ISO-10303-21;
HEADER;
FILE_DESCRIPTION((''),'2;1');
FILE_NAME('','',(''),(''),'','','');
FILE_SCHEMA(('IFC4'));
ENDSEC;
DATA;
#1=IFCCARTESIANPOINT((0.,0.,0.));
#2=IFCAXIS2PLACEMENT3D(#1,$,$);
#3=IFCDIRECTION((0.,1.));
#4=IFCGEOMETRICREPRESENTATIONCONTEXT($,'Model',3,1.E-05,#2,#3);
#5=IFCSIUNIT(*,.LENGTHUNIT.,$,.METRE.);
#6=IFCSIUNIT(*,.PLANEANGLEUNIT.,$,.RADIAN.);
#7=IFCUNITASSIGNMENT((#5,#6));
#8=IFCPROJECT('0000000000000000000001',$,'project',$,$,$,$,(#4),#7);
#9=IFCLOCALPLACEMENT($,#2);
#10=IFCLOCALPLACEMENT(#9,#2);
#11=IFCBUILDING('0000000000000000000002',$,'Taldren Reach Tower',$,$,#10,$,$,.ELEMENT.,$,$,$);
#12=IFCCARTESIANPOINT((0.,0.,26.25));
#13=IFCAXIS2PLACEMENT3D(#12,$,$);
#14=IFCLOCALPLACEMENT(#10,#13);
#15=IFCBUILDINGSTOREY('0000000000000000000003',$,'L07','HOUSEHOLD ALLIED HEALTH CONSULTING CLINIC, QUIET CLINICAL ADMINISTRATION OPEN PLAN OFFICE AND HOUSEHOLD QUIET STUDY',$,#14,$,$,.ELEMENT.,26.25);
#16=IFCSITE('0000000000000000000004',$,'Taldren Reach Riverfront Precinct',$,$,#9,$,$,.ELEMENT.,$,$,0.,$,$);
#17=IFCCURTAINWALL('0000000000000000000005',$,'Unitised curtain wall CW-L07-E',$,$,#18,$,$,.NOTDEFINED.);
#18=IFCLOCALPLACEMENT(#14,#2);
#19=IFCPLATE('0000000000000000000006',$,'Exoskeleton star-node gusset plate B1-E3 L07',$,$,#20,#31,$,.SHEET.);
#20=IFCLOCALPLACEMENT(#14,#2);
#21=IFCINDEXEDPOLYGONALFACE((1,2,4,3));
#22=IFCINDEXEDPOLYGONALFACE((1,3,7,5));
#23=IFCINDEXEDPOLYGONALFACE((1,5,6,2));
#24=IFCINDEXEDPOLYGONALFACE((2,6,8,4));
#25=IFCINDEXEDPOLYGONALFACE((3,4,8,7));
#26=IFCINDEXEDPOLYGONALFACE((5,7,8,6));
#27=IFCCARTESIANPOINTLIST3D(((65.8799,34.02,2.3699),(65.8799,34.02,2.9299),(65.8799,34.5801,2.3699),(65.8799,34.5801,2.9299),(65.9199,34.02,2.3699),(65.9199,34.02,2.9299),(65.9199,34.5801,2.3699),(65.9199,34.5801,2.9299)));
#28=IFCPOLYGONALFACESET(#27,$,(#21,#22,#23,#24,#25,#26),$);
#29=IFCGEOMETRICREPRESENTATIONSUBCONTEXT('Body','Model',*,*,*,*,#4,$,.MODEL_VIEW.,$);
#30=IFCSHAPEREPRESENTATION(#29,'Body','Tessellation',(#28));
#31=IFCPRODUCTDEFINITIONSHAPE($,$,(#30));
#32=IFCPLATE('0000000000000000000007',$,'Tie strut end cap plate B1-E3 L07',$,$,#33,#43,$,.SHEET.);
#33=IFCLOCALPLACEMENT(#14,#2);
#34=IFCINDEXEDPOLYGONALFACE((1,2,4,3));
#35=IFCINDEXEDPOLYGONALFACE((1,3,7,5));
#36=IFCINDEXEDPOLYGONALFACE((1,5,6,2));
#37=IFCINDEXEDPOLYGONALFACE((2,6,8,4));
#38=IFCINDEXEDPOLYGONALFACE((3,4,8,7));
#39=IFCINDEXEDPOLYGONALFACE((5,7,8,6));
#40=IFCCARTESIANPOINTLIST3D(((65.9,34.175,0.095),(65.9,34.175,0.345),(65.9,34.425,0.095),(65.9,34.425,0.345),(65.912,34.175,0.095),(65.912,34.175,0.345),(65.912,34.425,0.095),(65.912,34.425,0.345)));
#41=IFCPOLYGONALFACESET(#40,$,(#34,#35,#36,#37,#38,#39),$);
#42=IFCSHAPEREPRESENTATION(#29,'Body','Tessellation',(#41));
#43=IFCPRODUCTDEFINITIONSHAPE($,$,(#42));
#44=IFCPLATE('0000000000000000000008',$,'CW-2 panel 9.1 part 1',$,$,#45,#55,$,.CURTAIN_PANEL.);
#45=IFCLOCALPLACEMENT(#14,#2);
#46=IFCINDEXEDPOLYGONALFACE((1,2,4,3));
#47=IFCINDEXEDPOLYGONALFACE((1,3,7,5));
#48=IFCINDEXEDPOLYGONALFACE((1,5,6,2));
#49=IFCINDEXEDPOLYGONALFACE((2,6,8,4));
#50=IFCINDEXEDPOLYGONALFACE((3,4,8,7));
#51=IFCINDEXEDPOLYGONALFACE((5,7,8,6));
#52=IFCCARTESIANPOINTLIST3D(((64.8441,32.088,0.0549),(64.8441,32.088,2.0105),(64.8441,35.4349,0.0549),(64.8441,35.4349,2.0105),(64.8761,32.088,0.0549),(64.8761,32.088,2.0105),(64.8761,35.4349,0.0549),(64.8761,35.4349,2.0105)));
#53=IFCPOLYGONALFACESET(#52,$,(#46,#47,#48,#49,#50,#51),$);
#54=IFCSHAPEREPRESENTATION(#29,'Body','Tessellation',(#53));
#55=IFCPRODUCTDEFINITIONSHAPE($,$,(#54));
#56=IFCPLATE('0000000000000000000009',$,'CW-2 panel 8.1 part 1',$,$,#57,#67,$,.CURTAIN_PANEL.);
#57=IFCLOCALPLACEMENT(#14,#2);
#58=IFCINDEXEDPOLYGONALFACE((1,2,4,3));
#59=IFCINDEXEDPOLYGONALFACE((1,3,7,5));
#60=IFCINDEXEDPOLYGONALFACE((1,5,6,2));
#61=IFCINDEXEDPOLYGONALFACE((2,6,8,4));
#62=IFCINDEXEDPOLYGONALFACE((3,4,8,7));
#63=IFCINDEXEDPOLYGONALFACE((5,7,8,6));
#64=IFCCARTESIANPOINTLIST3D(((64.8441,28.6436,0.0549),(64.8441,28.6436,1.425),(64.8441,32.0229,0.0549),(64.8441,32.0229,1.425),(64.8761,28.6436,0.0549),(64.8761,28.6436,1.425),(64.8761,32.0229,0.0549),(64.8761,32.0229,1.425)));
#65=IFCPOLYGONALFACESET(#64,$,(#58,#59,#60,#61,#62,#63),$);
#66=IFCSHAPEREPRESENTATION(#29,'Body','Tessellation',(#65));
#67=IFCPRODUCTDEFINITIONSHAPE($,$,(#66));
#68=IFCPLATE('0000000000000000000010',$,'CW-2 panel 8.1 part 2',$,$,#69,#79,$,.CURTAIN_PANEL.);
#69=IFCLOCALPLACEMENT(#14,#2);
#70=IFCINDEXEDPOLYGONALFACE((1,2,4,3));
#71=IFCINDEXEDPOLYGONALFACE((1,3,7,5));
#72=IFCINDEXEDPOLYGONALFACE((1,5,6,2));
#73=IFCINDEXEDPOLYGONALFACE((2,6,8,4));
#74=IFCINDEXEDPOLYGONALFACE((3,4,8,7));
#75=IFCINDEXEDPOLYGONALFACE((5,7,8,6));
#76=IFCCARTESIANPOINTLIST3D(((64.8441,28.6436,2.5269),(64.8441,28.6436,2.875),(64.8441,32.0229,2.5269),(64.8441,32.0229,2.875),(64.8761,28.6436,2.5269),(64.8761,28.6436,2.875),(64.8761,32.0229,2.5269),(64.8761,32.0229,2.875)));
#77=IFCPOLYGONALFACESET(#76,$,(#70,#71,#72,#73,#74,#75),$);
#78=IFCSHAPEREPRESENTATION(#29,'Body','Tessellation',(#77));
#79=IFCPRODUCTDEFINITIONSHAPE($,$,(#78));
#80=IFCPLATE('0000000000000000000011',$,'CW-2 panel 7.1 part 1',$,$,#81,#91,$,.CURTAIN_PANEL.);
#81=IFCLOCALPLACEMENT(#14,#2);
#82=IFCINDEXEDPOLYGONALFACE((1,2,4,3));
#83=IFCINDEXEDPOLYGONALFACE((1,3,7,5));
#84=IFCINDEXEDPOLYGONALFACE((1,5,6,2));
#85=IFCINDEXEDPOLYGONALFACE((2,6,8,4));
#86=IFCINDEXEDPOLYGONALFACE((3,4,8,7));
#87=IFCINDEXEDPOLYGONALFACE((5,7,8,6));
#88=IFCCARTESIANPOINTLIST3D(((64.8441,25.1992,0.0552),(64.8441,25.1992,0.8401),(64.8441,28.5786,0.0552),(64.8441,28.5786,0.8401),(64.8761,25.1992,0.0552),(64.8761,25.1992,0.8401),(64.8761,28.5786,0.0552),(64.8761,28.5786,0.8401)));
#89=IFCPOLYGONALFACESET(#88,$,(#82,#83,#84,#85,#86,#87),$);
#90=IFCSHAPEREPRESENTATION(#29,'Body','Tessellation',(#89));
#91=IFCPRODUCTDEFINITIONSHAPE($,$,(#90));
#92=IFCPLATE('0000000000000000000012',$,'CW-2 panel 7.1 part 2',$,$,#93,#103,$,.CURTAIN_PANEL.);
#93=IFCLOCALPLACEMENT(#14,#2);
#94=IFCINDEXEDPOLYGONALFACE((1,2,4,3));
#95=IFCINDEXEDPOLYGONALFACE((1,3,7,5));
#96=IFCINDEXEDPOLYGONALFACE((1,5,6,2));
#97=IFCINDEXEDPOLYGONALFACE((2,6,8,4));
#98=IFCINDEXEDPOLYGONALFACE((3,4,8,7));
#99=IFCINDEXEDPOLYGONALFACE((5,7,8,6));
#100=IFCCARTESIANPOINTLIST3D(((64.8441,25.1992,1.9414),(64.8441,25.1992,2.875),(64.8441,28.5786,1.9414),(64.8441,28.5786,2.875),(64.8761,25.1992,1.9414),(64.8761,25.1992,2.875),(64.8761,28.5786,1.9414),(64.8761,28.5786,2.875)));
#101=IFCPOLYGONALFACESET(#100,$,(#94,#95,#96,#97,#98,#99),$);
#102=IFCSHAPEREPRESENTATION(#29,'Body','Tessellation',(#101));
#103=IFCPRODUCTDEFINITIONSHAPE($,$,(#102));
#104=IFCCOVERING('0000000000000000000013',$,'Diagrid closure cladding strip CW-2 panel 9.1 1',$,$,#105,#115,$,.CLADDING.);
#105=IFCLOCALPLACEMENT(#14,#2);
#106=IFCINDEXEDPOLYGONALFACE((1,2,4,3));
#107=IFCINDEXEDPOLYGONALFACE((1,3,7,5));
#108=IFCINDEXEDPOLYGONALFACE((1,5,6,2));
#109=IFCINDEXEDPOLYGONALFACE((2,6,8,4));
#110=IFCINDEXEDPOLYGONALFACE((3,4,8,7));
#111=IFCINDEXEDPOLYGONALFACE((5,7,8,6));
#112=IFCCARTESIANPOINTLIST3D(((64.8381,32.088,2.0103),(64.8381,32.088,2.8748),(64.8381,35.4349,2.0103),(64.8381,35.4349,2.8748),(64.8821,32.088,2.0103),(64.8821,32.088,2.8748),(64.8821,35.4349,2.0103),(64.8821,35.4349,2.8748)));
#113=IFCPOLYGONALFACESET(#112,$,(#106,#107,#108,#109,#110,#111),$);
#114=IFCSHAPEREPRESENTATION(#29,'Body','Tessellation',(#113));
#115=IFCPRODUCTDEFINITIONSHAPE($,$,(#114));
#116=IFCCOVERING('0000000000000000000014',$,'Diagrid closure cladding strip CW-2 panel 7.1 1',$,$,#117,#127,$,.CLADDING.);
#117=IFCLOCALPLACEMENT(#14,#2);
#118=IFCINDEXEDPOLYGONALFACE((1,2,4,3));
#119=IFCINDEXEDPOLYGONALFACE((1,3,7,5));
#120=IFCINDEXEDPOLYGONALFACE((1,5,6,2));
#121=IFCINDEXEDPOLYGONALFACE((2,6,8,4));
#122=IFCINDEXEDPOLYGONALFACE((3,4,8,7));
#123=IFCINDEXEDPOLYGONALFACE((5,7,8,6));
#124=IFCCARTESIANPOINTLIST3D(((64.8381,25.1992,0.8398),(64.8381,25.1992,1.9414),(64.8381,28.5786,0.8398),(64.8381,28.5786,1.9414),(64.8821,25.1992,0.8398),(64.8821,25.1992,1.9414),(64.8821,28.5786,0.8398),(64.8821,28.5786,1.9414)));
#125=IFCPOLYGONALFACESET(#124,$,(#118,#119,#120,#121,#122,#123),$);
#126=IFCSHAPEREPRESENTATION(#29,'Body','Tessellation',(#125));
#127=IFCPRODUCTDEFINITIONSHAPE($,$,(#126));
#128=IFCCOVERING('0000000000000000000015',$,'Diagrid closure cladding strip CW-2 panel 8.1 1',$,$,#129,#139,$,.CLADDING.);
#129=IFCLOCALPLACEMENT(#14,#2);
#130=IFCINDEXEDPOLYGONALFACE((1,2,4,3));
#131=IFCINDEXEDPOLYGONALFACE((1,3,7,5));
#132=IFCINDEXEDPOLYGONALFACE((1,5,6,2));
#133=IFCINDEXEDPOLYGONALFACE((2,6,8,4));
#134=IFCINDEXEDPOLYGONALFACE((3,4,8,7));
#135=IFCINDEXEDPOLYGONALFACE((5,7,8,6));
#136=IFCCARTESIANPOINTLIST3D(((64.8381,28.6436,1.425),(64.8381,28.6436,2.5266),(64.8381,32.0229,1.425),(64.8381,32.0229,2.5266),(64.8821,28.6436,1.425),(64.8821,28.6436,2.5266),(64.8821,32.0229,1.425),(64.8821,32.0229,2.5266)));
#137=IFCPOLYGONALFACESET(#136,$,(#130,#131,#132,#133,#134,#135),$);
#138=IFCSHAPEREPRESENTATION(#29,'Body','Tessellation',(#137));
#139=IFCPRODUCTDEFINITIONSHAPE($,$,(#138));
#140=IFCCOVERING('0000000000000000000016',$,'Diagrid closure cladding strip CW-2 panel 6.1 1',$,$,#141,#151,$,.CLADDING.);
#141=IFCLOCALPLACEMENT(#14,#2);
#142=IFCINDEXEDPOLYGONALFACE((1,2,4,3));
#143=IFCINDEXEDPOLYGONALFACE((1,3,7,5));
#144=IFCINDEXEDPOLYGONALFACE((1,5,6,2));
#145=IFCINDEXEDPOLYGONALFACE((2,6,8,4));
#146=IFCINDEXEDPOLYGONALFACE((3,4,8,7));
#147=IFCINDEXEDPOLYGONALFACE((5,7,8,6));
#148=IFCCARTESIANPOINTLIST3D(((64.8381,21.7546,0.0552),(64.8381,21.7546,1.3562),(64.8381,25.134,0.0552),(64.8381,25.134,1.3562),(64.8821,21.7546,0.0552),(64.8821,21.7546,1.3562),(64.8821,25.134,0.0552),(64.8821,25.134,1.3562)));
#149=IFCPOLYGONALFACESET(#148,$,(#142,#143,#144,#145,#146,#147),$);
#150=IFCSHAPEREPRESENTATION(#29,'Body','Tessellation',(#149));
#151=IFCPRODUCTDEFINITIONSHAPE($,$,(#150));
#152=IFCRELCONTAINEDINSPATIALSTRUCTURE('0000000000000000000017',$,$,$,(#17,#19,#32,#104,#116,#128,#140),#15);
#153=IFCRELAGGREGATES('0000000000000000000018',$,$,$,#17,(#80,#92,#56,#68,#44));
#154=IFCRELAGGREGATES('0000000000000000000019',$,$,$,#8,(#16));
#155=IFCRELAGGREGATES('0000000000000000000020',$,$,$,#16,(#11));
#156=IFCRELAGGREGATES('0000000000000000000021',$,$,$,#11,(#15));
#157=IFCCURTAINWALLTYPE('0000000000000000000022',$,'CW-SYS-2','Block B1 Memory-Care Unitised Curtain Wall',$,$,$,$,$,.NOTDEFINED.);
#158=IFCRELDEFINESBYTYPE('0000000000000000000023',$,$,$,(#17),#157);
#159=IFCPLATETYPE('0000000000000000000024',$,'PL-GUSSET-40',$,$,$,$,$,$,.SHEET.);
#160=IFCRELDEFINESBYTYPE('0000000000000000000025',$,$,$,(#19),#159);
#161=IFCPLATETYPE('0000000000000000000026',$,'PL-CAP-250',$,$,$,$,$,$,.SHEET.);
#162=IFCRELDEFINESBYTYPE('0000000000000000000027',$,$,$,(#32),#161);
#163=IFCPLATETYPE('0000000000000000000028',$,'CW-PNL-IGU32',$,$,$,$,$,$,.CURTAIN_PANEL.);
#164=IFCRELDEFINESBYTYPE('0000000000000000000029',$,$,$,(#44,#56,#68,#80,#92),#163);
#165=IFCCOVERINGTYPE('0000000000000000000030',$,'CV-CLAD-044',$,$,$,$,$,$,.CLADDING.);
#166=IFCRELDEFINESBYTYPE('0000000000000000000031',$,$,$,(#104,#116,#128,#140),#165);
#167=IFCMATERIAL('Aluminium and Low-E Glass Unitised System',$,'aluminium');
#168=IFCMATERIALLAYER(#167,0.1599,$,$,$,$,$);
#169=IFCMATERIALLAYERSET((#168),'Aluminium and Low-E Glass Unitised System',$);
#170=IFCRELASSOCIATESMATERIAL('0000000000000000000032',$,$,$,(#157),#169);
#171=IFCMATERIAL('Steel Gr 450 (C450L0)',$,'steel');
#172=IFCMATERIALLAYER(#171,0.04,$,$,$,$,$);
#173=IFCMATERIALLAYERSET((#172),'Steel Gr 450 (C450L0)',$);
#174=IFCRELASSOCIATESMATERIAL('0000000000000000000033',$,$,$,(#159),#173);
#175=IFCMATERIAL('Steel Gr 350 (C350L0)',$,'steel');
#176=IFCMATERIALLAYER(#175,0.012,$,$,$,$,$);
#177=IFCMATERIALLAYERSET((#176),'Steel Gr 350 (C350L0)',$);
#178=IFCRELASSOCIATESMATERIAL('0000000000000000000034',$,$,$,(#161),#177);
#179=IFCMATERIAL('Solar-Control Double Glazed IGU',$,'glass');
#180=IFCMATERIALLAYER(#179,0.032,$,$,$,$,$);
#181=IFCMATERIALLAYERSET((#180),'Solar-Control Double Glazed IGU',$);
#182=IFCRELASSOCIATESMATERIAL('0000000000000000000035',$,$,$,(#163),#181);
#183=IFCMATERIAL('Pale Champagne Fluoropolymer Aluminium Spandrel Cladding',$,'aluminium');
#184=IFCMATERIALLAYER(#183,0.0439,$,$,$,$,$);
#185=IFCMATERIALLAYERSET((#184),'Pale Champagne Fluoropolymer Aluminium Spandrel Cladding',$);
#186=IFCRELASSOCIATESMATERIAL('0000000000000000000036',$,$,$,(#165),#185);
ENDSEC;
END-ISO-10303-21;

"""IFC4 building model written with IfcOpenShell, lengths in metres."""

from ifc_helpers import new_model, si_unit, direction, frame, origin, origin_2d, place, context, subcontext, project, spatial, rectangle, extrude, source, transform, mapped, material, layer, layer_set, type_object, element, aggregate, save


model = new_model("IFC4")

# Units and contexts
model_context = context("Model", 3, precision=1e-05, world=origin(), true_north=direction((0.0, 1.0)))
body_context = subcontext(model_context, "Body", "Model", "MODEL_VIEW")
ifc_project = project(units=[si_unit("LENGTHUNIT", "METRE"), si_unit("PLANEANGLEUNIT", "RADIAN")], contexts=[model_context])

# Site, building, storey
site_placement = place(None, origin())
site = spatial("IfcSite", under=ifc_project, at=site_placement, Name="Taldren Reach Riverfront Precinct", CompositionType="ELEMENT", RefElevation=0.0)
building_placement = place(site_placement, origin())
building = spatial("IfcBuilding", under=site, at=building_placement, Name="Taldren Reach Tower", CompositionType="ELEMENT")
storey_placement = place(building_placement, frame((0.0, 0.0, 26.25)))
storey = spatial("IfcBuildingStorey", under=building, at=storey_placement, Name="L07", Description="HOUSEHOLD ALLIED HEALTH CONSULTING CLINIC, QUIET CLINICAL ADMINISTRATION OPEN PLAN OFFICE AND HOUSEHOLD QUIET STUDY", CompositionType="ELEMENT", Elevation=26.25)

# Shared definitions
ifc_material_1 = material(Name="Steel Gr 450 (C450L0)", Category="steel")

# Curtain wall
ifc_material_2 = material(Name="Aluminium and Low-E Glass Unitised System", Category="aluminium")
ifc_layer_1 = layer(ifc_material_2, 0.1599)
ifc_layer_set_1 = layer_set([ifc_layer_1], Name="Aluminium and Low-E Glass Unitised System")
curtain_wall_type = type_object("IfcCurtainWallType", Name="CW-SYS-2", Description="Block B1 Memory-Care Unitised Curtain Wall", PredefinedType="NOTDEFINED", material=ifc_layer_set_1)
curtain_wall_placement = place(storey_placement, origin())
curtain_wall = element("IfcCurtainWall", 1, at=curtain_wall_placement, inside=storey, type_object=curtain_wall_type, Name="Unitised curtain wall CW-L07-E", PredefinedType="NOTDEFINED")

# Plates
ifc_layer_2 = layer(ifc_material_1, 0.04)
ifc_layer_set_2 = layer_set([ifc_layer_2], Name="Steel Gr 450 (C450L0)")
plate_type_1 = type_object("IfcPlateType", Name="PL-GUSSET-40", PredefinedType="SHEET", material=ifc_layer_set_2)
shared_shape_1 = source(origin(), body_context, "Body", "SweptSolid", [
    extrude(rectangle(XDim=0.5601, YDim=0.04, at=origin_2d()), origin(), (0.0, 0.0, 1.0), 0.5601),
])
plate_1_placement = place(storey_placement, frame((65.8999, 34.3, 2.3699), z_axis=(0.0, 0.0, 1.0), x_axis=(0.0, 1.0, 0.0)))
element("IfcPlate", 2, at=plate_1_placement, inside=storey, type_object=plate_type_1, Name="Exoskeleton star-node gusset plate B1-E3 L07", PredefinedType="SHEET", context=body_context, shape_type="MappedRepresentation", body=[
    mapped(shared_shape_1, transform((0.0, 0.0, 0.0), scale=1.0)),
])
ifc_material_3 = material(Name="Steel Gr 350 (C350L0)", Category="steel")
ifc_layer_3 = layer(ifc_material_3, 0.012)
ifc_layer_set_3 = layer_set([ifc_layer_3], Name="Steel Gr 350 (C350L0)")
plate_type_2 = type_object("IfcPlateType", Name="PL-CAP-250", PredefinedType="SHEET", material=ifc_layer_set_3)
shared_shape_2 = source(origin(), body_context, "Body", "SweptSolid", [
    extrude(rectangle(XDim=0.012, YDim=0.25, at=origin_2d()), origin(), (0.0, 0.0, 1.0), 0.25),
])
plate_2_placement = place(storey_placement, frame((65.906, 34.3, 0.095), z_axis=(0.0, 0.0, 1.0), x_axis=(1.0, 0.0, 0.0)))
element("IfcPlate", 3, at=plate_2_placement, inside=storey, type_object=plate_type_2, Name="Tie strut end cap plate B1-E3 L07", PredefinedType="SHEET", context=body_context, shape_type="MappedRepresentation", body=[
    mapped(shared_shape_2, transform((0.0, 0.0, 0.0), scale=1.0)),
])

# Plates
ifc_material_4 = material(Name="Solar-Control Double Glazed IGU", Category="glass")
ifc_layer_4 = layer(ifc_material_4, 0.032)
ifc_layer_set_4 = layer_set([ifc_layer_4], Name="Solar-Control Double Glazed IGU")
plate_type_3 = type_object("IfcPlateType", Name="CW-PNL-IGU32", PredefinedType="CURTAIN_PANEL", material=ifc_layer_set_4)
shared_shape_3 = source(origin(), body_context, "Body", "SweptSolid", [
    extrude(rectangle(XDim=3.3469, YDim=0.032, at=origin_2d()), origin(), (0.0, 0.0, 1.0), 1.9556),
])
plate_3_placement = place(storey_placement, frame((64.8601, 33.7615, 0.0549), z_axis=(0.0, 0.0, 1.0), x_axis=(0.0, 1.0, 0.0)))
plate_3 = element("IfcPlate", 4, at=plate_3_placement, type_object=plate_type_3, Name="CW-2 panel 9.1 part 1", PredefinedType="CURTAIN_PANEL", context=body_context, shape_type="MappedRepresentation", body=[
    mapped(shared_shape_3, transform((0.0, 0.0, 0.0), scale=1.0)),
])
shared_shape_4 = source(origin(), body_context, "Body", "SweptSolid", [
    extrude(rectangle(XDim=3.3794, YDim=0.032, at=origin_2d()), origin(), (0.0, 0.0, 1.0), 1.3701),
])
plate_4_placement = place(storey_placement, frame((64.8601, 30.3333, 0.0549), z_axis=(0.0, 0.0, 1.0), x_axis=(0.0, 1.0, 0.0)))
plate_4 = element("IfcPlate", 5, at=plate_4_placement, type_object=plate_type_3, Name="CW-2 panel 8.1 part 1", PredefinedType="CURTAIN_PANEL", context=body_context, shape_type="MappedRepresentation", body=[
    mapped(shared_shape_4, transform((0.0, 0.0, 0.0), scale=1.0)),
])
shared_shape_5 = source(origin(), body_context, "Body", "SweptSolid", [
    extrude(rectangle(XDim=3.3794, YDim=0.032, at=origin_2d()), origin(), (0.0, 0.0, 1.0), 0.3481),
])
plate_5_placement = place(storey_placement, frame((64.8601, 30.3333, 2.5269), z_axis=(0.0, 0.0, 1.0), x_axis=(0.0, 1.0, 0.0)))
plate_5 = element("IfcPlate", 6, at=plate_5_placement, type_object=plate_type_3, Name="CW-2 panel 8.1 part 2", PredefinedType="CURTAIN_PANEL", context=body_context, shape_type="MappedRepresentation", body=[
    mapped(shared_shape_5, transform((0.0, 0.0, 0.0), scale=1.0)),
])
shared_shape_6 = source(origin(), body_context, "Body", "SweptSolid", [
    extrude(rectangle(XDim=3.3794, YDim=0.032, at=origin_2d()), origin(), (0.0, 0.0, 1.0), 0.7849),
])
plate_6_placement = place(storey_placement, frame((64.8601, 26.8889, 0.0552), z_axis=(0.0, 0.0, 1.0), x_axis=(0.0, 1.0, 0.0)))
plate_6 = element("IfcPlate", 7, at=plate_6_placement, type_object=plate_type_3, Name="CW-2 panel 7.1 part 1", PredefinedType="CURTAIN_PANEL", context=body_context, shape_type="MappedRepresentation", body=[
    mapped(shared_shape_6, transform((0.0, 0.0, 0.0), scale=1.0)),
])
shared_shape_7 = source(origin(), body_context, "Body", "SweptSolid", [
    extrude(rectangle(XDim=3.3794, YDim=0.032, at=origin_2d()), origin(), (0.0, 0.0, 1.0), 0.9336),
])
plate_7_placement = place(storey_placement, frame((64.8601, 26.8889, 1.9414), z_axis=(0.0, 0.0, 1.0), x_axis=(0.0, 1.0, 0.0)))
plate_7 = element("IfcPlate", 8, at=plate_7_placement, type_object=plate_type_3, Name="CW-2 panel 7.1 part 2", PredefinedType="CURTAIN_PANEL", context=body_context, shape_type="MappedRepresentation", body=[
    mapped(shared_shape_7, transform((0.0, 0.0, 0.0), scale=1.0)),
])
aggregate(curtain_wall, [plate_6, plate_7, plate_4, plate_5, plate_3])

# Coverings
ifc_material_5 = material(Name="Pale Champagne Fluoropolymer Aluminium Spandrel Cladding", Category="aluminium")
ifc_layer_5 = layer(ifc_material_5, 0.0439)
ifc_layer_set_5 = layer_set([ifc_layer_5], Name="Pale Champagne Fluoropolymer Aluminium Spandrel Cladding")
covering_type = type_object("IfcCoveringType", Name="CV-CLAD-044", PredefinedType="CLADDING", material=ifc_layer_set_5)
shared_shape_8 = source(origin(), body_context, "Body", "SweptSolid", [
    extrude(rectangle(XDim=3.3469, YDim=0.0439, at=origin_2d()), origin(), (0.0, 0.0, 1.0), 0.8645),
])
covering_1_placement = place(storey_placement, frame((64.8601, 33.7615, 2.0103), z_axis=(0.0, 0.0, 1.0), x_axis=(0.0, 1.0, 0.0)))
element("IfcCovering", 9, at=covering_1_placement, inside=storey, type_object=covering_type, Name="Diagrid closure cladding strip CW-2 panel 9.1 1", PredefinedType="CLADDING", context=body_context, shape_type="MappedRepresentation", body=[
    mapped(shared_shape_8, transform((0.0, 0.0, 0.0), scale=1.0)),
])
shared_shape_9 = source(origin(), body_context, "Body", "SweptSolid", [
    extrude(rectangle(XDim=3.3794, YDim=0.0439, at=origin_2d()), origin(), (0.0, 0.0, 1.0), 1.1016),
])
for number, where, z_axis, x_axis, name in (
    (10, (64.8601, 26.8889, 0.8398), (0.0, 0.0, 1.0), (0.0, 1.0, 0.0), "Diagrid closure cladding strip CW-2 panel 7.1 1"),
    (11, (64.8601, 30.3333, 1.425), (0.0, 0.0, 1.0), (0.0, 1.0, 0.0), "Diagrid closure cladding strip CW-2 panel 8.1 1"),
):
    element("IfcCovering", number, at=place(storey_placement, frame(where, z_axis=z_axis, x_axis=x_axis)), inside=storey, type_object=covering_type, Name=name, PredefinedType="CLADDING", context=body_context, shape_type="MappedRepresentation", body=[
        mapped(shared_shape_9, transform((0.0, 0.0, 0.0), scale=1.0)),
    ])
shared_shape_10 = source(origin(), body_context, "Body", "SweptSolid", [
    extrude(rectangle(XDim=3.3794, YDim=0.0439, at=origin_2d()), origin(), (0.0, 0.0, 1.0), 1.301),
])
covering_2_placement = place(storey_placement, frame((64.8601, 23.4443, 0.0552), z_axis=(0.0, 0.0, 1.0), x_axis=(0.0, 1.0, 0.0)))
element("IfcCovering", 12, at=covering_2_placement, inside=storey, type_object=covering_type, Name="Diagrid closure cladding strip CW-2 panel 6.1 1", PredefinedType="CLADDING", context=body_context, shape_type="MappedRepresentation", body=[
    mapped(shared_shape_10, transform((0.0, 0.0, 0.0), scale=1.0)),
])

save(model, "model.ifc")
